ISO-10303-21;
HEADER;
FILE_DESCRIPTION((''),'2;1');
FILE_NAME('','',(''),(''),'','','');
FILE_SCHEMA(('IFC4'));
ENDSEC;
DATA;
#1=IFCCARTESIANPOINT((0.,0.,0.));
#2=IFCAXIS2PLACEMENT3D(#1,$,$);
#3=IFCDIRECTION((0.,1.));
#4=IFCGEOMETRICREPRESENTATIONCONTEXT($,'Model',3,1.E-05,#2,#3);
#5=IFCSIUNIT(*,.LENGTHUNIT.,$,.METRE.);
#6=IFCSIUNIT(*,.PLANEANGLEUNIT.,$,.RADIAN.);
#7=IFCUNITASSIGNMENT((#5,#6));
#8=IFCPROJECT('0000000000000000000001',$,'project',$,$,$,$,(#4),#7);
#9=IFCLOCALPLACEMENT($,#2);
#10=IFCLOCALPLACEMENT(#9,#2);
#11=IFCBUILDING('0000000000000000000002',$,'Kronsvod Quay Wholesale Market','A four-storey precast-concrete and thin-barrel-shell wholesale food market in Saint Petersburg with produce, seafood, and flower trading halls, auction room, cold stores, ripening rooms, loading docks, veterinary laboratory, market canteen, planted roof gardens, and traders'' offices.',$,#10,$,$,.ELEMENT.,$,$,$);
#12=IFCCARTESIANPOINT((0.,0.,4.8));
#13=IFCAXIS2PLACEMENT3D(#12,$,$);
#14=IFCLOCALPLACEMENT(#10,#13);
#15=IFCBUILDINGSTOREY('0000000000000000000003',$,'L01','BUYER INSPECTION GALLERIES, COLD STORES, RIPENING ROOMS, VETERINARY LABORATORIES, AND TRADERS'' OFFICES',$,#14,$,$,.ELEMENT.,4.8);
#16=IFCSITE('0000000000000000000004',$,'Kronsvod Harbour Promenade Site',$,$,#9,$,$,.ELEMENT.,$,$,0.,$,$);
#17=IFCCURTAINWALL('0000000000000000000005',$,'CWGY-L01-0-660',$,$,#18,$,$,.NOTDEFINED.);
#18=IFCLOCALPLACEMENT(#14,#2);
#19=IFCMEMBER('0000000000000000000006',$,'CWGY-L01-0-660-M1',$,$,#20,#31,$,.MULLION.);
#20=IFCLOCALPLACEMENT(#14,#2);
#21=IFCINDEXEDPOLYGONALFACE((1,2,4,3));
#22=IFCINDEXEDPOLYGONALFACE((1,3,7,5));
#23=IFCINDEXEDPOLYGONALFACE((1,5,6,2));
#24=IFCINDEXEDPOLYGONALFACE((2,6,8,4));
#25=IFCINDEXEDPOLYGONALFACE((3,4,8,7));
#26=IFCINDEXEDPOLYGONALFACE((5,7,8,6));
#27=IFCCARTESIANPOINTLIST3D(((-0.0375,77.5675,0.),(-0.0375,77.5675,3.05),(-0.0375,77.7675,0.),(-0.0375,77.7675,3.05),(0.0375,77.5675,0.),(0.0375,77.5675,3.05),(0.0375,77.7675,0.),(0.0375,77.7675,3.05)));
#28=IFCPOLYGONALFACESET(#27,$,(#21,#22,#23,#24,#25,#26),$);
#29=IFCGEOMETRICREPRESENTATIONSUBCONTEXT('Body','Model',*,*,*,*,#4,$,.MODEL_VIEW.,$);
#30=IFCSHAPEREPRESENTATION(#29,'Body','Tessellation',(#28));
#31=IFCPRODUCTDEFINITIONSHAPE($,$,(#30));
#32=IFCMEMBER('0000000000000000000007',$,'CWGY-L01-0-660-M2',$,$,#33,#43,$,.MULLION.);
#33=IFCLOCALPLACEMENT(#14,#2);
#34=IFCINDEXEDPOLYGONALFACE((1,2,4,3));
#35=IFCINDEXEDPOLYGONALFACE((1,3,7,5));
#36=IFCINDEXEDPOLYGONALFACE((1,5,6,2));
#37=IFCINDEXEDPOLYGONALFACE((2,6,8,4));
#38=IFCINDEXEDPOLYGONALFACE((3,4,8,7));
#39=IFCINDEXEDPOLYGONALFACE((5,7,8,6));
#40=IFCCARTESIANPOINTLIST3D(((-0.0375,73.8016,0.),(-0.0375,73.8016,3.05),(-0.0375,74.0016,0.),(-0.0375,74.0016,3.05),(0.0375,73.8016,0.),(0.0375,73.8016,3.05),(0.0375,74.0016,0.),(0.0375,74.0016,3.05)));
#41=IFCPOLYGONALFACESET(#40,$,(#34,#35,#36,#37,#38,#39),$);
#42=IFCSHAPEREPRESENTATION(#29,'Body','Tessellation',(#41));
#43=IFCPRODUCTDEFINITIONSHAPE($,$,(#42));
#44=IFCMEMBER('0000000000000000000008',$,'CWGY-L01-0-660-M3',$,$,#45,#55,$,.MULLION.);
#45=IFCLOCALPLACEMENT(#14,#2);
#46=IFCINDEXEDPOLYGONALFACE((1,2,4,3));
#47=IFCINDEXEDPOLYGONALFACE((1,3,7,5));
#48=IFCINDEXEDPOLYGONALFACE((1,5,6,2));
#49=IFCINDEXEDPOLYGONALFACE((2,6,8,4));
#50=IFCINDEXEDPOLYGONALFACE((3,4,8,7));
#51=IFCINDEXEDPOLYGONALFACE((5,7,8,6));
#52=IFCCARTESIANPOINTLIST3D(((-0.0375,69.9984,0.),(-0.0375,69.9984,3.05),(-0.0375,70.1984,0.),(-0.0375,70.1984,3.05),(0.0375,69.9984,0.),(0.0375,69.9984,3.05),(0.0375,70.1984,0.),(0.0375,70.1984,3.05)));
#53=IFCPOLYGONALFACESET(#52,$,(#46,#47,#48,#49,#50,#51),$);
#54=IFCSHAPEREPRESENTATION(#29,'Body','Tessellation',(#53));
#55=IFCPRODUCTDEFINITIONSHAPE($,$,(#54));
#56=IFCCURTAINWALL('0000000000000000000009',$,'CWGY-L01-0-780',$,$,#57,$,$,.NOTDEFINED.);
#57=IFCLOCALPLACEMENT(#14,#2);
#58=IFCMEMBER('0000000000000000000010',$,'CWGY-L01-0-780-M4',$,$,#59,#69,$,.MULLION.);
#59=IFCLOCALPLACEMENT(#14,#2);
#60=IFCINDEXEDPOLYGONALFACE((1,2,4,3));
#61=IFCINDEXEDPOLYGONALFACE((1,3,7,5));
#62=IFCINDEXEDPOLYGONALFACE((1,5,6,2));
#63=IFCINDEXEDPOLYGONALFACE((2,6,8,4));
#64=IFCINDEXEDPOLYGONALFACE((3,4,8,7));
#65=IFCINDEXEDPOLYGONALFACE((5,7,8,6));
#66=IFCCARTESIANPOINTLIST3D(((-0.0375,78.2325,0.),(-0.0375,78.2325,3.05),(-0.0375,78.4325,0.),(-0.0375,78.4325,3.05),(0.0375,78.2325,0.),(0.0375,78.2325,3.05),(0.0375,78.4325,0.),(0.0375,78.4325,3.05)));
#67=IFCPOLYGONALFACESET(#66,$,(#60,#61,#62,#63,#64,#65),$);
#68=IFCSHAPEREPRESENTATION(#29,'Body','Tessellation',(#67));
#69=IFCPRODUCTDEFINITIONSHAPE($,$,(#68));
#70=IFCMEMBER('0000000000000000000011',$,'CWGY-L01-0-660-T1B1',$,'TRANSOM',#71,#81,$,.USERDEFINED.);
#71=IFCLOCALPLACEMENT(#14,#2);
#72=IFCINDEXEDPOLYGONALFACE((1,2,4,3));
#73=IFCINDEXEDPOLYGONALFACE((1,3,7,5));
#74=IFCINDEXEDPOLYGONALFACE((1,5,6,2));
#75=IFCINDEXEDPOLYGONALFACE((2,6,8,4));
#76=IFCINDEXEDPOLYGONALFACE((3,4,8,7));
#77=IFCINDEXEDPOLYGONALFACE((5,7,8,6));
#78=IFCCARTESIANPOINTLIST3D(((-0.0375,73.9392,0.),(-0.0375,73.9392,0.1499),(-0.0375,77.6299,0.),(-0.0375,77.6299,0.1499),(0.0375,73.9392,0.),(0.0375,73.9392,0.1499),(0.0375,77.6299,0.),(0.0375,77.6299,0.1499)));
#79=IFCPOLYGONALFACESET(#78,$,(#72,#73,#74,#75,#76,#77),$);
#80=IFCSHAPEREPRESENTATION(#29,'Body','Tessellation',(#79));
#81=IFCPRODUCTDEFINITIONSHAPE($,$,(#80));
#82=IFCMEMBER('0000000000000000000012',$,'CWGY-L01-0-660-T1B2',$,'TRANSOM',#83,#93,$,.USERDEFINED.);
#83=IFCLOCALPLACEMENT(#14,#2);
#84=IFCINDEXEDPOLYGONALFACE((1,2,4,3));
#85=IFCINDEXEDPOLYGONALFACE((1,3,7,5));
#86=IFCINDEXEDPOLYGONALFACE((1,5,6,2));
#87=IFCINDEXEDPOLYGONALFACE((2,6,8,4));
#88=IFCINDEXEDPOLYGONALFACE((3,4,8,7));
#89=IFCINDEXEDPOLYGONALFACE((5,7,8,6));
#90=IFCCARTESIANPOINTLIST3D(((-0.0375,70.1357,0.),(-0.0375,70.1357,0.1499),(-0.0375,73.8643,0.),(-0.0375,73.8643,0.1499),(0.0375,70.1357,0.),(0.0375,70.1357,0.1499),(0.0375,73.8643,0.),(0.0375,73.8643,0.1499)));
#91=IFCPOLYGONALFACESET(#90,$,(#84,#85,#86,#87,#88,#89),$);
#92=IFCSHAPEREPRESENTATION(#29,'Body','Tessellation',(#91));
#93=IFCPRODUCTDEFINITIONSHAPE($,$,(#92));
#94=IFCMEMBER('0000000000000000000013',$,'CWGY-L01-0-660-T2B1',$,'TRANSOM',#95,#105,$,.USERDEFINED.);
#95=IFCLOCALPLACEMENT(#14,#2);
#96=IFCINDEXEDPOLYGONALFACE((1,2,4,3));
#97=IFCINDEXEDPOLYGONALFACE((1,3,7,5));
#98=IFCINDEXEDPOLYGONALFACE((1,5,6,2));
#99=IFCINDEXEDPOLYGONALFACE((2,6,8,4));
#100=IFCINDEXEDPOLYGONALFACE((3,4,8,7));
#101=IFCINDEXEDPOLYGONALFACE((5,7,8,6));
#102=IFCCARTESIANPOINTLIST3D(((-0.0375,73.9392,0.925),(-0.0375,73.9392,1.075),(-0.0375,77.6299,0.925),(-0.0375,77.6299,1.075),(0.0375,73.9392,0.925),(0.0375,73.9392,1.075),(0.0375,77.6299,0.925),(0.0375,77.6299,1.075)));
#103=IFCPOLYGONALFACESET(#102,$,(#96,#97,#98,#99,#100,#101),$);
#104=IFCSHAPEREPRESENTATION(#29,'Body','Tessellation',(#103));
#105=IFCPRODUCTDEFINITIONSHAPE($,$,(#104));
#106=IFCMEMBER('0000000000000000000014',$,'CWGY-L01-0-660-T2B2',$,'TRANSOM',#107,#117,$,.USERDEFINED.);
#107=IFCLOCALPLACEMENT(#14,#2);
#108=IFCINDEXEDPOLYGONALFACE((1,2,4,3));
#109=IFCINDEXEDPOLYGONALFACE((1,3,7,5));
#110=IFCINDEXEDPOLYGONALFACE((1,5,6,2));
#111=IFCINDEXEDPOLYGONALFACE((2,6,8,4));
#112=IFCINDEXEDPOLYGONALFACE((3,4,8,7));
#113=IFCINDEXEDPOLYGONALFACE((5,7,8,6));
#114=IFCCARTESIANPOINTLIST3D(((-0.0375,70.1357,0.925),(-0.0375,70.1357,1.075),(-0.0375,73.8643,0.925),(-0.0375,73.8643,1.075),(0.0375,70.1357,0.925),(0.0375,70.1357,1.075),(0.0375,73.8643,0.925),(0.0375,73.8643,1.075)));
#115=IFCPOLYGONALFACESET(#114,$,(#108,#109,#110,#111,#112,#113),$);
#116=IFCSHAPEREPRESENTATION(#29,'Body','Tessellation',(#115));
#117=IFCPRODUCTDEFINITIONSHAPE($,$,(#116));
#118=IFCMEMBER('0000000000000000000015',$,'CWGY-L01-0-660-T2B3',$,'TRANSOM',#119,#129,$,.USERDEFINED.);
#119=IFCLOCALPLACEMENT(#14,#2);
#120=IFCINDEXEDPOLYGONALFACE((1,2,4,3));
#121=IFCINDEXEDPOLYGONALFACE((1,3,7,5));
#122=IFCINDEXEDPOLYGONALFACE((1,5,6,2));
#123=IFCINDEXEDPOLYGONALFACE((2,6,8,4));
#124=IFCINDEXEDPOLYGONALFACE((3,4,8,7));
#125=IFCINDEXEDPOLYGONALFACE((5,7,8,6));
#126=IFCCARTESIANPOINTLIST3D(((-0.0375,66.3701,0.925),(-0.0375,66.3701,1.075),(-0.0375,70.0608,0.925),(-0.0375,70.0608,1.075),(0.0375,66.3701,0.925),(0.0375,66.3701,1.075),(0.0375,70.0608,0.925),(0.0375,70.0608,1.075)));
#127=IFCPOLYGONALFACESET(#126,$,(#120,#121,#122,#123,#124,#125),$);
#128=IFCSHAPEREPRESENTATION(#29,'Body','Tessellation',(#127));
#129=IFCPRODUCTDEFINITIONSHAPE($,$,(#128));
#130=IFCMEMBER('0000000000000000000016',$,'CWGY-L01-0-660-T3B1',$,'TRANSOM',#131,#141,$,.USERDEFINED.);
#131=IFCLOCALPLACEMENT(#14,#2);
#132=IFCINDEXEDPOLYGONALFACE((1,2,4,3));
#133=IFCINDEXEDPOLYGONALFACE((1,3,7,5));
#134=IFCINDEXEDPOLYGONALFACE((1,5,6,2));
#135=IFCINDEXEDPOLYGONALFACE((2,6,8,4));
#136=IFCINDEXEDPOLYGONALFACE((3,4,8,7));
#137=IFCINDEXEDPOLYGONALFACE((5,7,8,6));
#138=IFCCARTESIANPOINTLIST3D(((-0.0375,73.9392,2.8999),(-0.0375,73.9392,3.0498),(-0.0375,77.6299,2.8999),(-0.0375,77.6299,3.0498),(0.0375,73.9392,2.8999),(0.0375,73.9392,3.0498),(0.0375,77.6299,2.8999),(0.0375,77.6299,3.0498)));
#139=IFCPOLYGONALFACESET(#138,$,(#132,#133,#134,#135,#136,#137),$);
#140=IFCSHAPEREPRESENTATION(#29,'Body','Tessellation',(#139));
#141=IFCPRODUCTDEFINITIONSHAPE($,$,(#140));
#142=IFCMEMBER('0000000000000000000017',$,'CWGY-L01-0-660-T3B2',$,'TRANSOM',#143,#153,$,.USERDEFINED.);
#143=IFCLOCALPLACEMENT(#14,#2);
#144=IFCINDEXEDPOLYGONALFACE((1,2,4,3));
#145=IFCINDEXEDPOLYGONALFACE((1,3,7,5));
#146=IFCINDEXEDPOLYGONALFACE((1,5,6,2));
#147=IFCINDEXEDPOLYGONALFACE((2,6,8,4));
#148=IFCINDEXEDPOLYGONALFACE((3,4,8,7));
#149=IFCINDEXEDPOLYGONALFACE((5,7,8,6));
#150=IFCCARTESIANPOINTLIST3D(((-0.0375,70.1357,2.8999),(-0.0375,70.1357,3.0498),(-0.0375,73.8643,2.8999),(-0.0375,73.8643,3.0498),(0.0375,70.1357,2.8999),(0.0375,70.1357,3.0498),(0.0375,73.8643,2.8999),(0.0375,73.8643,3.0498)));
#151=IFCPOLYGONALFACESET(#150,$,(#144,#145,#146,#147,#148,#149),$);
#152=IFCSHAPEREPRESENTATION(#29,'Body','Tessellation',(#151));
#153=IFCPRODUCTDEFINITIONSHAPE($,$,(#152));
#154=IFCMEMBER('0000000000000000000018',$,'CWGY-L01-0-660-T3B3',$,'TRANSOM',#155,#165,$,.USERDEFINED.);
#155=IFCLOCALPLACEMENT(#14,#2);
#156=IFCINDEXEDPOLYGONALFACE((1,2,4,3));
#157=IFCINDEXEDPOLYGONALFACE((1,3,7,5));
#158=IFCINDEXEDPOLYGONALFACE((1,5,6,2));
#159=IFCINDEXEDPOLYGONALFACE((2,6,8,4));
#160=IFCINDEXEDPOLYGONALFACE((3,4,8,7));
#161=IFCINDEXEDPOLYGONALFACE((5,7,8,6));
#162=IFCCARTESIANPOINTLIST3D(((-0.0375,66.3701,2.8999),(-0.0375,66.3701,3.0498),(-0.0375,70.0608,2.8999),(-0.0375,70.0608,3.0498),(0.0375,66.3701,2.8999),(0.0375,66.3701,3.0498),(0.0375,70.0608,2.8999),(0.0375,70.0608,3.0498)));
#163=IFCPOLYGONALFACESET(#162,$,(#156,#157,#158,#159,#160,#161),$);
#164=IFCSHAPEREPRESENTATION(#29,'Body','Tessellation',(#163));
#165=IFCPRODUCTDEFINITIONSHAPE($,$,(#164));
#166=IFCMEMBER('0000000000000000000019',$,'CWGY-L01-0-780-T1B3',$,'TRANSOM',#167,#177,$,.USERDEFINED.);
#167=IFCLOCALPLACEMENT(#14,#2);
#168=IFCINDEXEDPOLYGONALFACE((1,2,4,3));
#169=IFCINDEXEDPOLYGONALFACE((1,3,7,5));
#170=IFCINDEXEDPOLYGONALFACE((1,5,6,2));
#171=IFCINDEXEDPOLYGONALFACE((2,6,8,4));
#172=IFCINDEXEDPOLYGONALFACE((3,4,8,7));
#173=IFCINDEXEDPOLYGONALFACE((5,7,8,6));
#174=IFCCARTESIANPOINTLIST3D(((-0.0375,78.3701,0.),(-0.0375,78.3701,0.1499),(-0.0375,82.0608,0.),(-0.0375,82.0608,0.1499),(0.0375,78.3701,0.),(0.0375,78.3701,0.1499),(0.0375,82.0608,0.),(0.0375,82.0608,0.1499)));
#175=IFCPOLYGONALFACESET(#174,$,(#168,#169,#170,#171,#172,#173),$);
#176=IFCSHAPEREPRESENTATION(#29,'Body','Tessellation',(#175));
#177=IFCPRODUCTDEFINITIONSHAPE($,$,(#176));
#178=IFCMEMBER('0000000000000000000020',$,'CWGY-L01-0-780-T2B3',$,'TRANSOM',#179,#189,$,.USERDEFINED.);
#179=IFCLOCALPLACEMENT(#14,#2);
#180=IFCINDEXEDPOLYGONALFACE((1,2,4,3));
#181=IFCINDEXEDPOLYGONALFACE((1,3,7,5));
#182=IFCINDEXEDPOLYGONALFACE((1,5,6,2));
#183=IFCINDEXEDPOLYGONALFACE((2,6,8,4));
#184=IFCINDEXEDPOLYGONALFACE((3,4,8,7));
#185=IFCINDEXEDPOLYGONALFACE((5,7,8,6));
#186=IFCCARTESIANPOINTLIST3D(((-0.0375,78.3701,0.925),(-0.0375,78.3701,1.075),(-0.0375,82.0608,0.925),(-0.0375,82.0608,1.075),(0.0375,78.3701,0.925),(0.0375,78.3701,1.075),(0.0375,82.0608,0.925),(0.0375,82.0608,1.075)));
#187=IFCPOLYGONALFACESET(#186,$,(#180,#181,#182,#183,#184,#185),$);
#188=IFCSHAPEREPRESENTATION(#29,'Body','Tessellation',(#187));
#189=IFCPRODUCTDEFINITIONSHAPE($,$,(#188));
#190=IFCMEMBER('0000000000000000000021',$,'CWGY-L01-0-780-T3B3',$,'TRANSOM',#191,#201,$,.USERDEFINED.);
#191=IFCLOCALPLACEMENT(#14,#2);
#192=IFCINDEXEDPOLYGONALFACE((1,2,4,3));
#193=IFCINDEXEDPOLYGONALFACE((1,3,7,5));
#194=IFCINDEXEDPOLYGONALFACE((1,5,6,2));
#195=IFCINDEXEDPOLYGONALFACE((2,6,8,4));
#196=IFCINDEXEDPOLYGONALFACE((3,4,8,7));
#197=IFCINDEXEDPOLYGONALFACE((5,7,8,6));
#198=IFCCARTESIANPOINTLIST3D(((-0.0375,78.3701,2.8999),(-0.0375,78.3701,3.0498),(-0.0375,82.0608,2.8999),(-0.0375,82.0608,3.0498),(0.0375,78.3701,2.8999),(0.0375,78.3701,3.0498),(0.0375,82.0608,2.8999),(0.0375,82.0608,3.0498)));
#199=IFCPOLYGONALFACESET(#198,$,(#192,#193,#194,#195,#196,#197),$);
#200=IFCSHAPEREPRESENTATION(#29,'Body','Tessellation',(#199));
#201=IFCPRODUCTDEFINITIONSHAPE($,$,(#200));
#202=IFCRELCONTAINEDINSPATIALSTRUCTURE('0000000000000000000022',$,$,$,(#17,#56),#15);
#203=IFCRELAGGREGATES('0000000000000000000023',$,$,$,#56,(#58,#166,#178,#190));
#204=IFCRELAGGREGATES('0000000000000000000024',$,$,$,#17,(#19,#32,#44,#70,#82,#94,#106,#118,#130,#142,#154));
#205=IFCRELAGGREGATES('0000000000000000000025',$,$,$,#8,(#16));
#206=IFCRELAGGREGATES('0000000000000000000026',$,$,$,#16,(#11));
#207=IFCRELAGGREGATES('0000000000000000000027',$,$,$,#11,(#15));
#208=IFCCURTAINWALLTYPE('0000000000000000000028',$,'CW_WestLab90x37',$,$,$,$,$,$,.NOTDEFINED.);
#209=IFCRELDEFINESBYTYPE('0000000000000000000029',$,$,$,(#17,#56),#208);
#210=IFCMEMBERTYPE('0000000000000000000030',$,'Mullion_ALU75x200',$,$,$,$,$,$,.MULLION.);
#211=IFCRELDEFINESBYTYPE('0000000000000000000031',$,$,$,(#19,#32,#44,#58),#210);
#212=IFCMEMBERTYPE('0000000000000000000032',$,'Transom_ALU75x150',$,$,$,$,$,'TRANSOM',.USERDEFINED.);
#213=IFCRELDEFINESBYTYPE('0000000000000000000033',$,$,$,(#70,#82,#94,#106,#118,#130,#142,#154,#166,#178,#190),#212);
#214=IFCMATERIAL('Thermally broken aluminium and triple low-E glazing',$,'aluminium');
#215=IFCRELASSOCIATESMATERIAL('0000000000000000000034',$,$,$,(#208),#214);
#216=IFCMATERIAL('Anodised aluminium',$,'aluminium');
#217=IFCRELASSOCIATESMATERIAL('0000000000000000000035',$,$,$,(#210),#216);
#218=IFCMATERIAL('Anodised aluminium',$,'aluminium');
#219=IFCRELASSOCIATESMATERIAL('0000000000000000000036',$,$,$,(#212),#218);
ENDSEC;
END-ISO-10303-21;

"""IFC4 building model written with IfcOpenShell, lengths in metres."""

from ifc_helpers import new_model, si_unit, direction, frame, origin, origin_2d, place, context, subcontext, project, spatial, rectangle, extrude, material, material_profile, profile_set, type_object, element, aggregate, save


model = new_model("IFC4")

# Units and contexts
model_context = context("Model", 3, precision=1e-05, world=origin(), true_north=direction((0.0, 1.0)))
body_context = subcontext(model_context, "Body", "Model", "MODEL_VIEW")
ifc_project = project(units=[si_unit("LENGTHUNIT", "METRE"), si_unit("PLANEANGLEUNIT", "RADIAN")], contexts=[model_context])

# Site, building, storey
site_placement = place(None, origin())
site = spatial("IfcSite", under=ifc_project, at=site_placement, Name="Kronsvod Harbour Promenade Site", CompositionType="ELEMENT", RefElevation=0.0)
building_placement = place(site_placement, origin())
building = spatial("IfcBuilding", under=site, at=building_placement, Name="Kronsvod Quay Wholesale Market", Description="A four-storey precast-concrete and thin-barrel-shell wholesale food market in Saint Petersburg with produce, seafood, and flower trading halls, auction room, cold stores, ripening rooms, loading docks, veterinary laboratory, market canteen, planted roof gardens, and traders' offices.", CompositionType="ELEMENT")
storey_placement = place(building_placement, frame((0.0, 0.0, 4.8)))
storey = spatial("IfcBuildingStorey", under=building, at=storey_placement, Name="L01", Description="BUYER INSPECTION GALLERIES, COLD STORES, RIPENING ROOMS, VETERINARY LABORATORIES, AND TRADERS' OFFICES", CompositionType="ELEMENT", Elevation=4.8)

# Curtain wall, members
ifc_material_1 = material(Name="Thermally broken aluminium and triple low-E glazing", Category="aluminium")
curtain_wall_type = type_object("IfcCurtainWallType", Name="CW_WestLab90x37", PredefinedType="NOTDEFINED", material=ifc_material_1)
curtain_wall_1_placement = place(storey_placement, origin())
curtain_wall_1 = element("IfcCurtainWall", 1, at=curtain_wall_1_placement, inside=storey, type_object=curtain_wall_type, Name="CWGY-L01-0-660", PredefinedType="NOTDEFINED")
ifc_material_2 = material(Name="Anodised aluminium", Category="aluminium")
ifc_material_profile_1 = material_profile(ifc_material_2, rectangle(XDim=0.075, YDim=0.2, at=origin_2d()), Name="ALUM75x200")
ifc_profile_set_1 = profile_set([ifc_material_profile_1], Name="Anodised aluminium")
member_type_1 = type_object("IfcMemberType", Name="Mullion_ALU75x200", PredefinedType="MULLION", material=ifc_profile_set_1)
member_1_placement = place(storey_placement, frame((0.0, 77.6675, 0.0), z_axis=(0.0, 0.0, 1.0), x_axis=(1.0, 0.0, 0.0)))
member_1 = element("IfcMember", 2, at=member_1_placement, type_object=member_type_1, Name="CWGY-L01-0-660-M1", PredefinedType="MULLION", context=body_context, shape_type="SweptSolid", body=[
    extrude(rectangle(XDim=0.075, YDim=0.2, at=origin_2d()), origin(), (0.0, 0.0, 1.0), 3.05),
])
member_2_placement = place(storey_placement, frame((0.0, 73.9016, 0.0), z_axis=(0.0, 0.0, 1.0), x_axis=(1.0, 0.0, 0.0)))
member_2 = element("IfcMember", 3, at=member_2_placement, type_object=member_type_1, Name="CWGY-L01-0-660-M2", PredefinedType="MULLION", context=body_context, shape_type="SweptSolid", body=[
    extrude(rectangle(XDim=0.075, YDim=0.2, at=origin_2d()), origin(), (0.0, 0.0, 1.0), 3.05),
])
member_3_placement = place(storey_placement, frame((0.0, 70.0984, 0.0), z_axis=(0.0, 0.0, 1.0), x_axis=(1.0, 0.0, 0.0)))
member_3 = element("IfcMember", 4, at=member_3_placement, type_object=member_type_1, Name="CWGY-L01-0-660-M3", PredefinedType="MULLION", context=body_context, shape_type="SweptSolid", body=[
    extrude(rectangle(XDim=0.075, YDim=0.2, at=origin_2d()), origin(), (0.0, 0.0, 1.0), 3.05),
])

# Curtain wall, member
curtain_wall_2_placement = place(storey_placement, origin())
curtain_wall_2 = element("IfcCurtainWall", 5, at=curtain_wall_2_placement, inside=storey, type_object=curtain_wall_type, Name="CWGY-L01-0-780", PredefinedType="NOTDEFINED")
member_4_placement = place(storey_placement, frame((0.0, 78.3325, 0.0), z_axis=(0.0, 0.0, 1.0), x_axis=(1.0, 0.0, 0.0)))
member_4 = element("IfcMember", 6, at=member_4_placement, type_object=member_type_1, Name="CWGY-L01-0-780-M4", PredefinedType="MULLION", context=body_context, shape_type="SweptSolid", body=[
    extrude(rectangle(XDim=0.075, YDim=0.2, at=origin_2d()), origin(), (0.0, 0.0, 1.0), 3.05),
])

# Members
ifc_material_3 = material(Name="Anodised aluminium", Category="aluminium")
ifc_material_profile_2 = material_profile(ifc_material_3, rectangle(XDim=0.075, YDim=0.1499, at=origin_2d()), Name="ALUT75x150")
ifc_profile_set_2 = profile_set([ifc_material_profile_2], Name="Anodised aluminium")
member_type_2 = type_object("IfcMemberType", Name="Transom_ALU75x150", ElementType="TRANSOM", PredefinedType="USERDEFINED", material=ifc_profile_set_2)
member_5_placement = place(storey_placement, frame((0.0, 77.6299, 0.075), z_axis=(0.0, -1.0, 0.0), x_axis=(1.0, 0.0, 0.0)))
member_5 = element("IfcMember", 7, at=member_5_placement, type_object=member_type_2, Name="CWGY-L01-0-660-T1B1", ObjectType="TRANSOM", PredefinedType="USERDEFINED", context=body_context, shape_type="SweptSolid", body=[
    extrude(rectangle(XDim=0.075, YDim=0.1499, at=origin_2d()), origin(), (0.0, 0.0, 1.0), 3.6907),
])
member_6_placement = place(storey_placement, frame((0.0, 73.8643, 0.075), z_axis=(0.0, -1.0, 0.0), x_axis=(1.0, 0.0, 0.0)))
member_6 = element("IfcMember", 8, at=member_6_placement, type_object=member_type_2, Name="CWGY-L01-0-660-T1B2", ObjectType="TRANSOM", PredefinedType="USERDEFINED", context=body_context, shape_type="SweptSolid", body=[
    extrude(rectangle(XDim=0.075, YDim=0.1499, at=origin_2d()), origin(), (0.0, 0.0, 1.0), 3.7285),
])
member_7_placement = place(storey_placement, frame((0.0, 77.6299, 1.0), z_axis=(0.0, -1.0, 0.0), x_axis=(1.0, 0.0, 0.0)))
member_7 = element("IfcMember", 9, at=member_7_placement, type_object=member_type_2, Name="CWGY-L01-0-660-T2B1", ObjectType="TRANSOM", PredefinedType="USERDEFINED", context=body_context, shape_type="SweptSolid", body=[
    extrude(rectangle(XDim=0.075, YDim=0.1499, at=origin_2d()), origin(), (0.0, 0.0, 1.0), 3.6907),
])
member_8_placement = place(storey_placement, frame((0.0, 73.8643, 1.0), z_axis=(0.0, -1.0, 0.0), x_axis=(1.0, 0.0, 0.0)))
member_8 = element("IfcMember", 10, at=member_8_placement, type_object=member_type_2, Name="CWGY-L01-0-660-T2B2", ObjectType="TRANSOM", PredefinedType="USERDEFINED", context=body_context, shape_type="SweptSolid", body=[
    extrude(rectangle(XDim=0.075, YDim=0.1499, at=origin_2d()), origin(), (0.0, 0.0, 1.0), 3.7285),
])
member_9_placement = place(storey_placement, frame((0.0, 70.0608, 1.0), z_axis=(0.0, -1.0, 0.0), x_axis=(1.0, 0.0, 0.0)))
member_9 = element("IfcMember", 11, at=member_9_placement, type_object=member_type_2, Name="CWGY-L01-0-660-T2B3", ObjectType="TRANSOM", PredefinedType="USERDEFINED", context=body_context, shape_type="SweptSolid", body=[
    extrude(rectangle(XDim=0.075, YDim=0.1499, at=origin_2d()), origin(), (0.0, 0.0, 1.0), 3.6907),
])
member_10_placement = place(storey_placement, frame((0.0, 77.6299, 2.9749), z_axis=(0.0, -1.0, 0.0), x_axis=(1.0, 0.0, 0.0)))
member_10 = element("IfcMember", 12, at=member_10_placement, type_object=member_type_2, Name="CWGY-L01-0-660-T3B1", ObjectType="TRANSOM", PredefinedType="USERDEFINED", context=body_context, shape_type="SweptSolid", body=[
    extrude(rectangle(XDim=0.075, YDim=0.1499, at=origin_2d()), origin(), (0.0, 0.0, 1.0), 3.6907),
])
member_11_placement = place(storey_placement, frame((0.0, 73.8643, 2.9749), z_axis=(0.0, -1.0, 0.0), x_axis=(1.0, 0.0, 0.0)))
member_11 = element("IfcMember", 13, at=member_11_placement, type_object=member_type_2, Name="CWGY-L01-0-660-T3B2", ObjectType="TRANSOM", PredefinedType="USERDEFINED", context=body_context, shape_type="SweptSolid", body=[
    extrude(rectangle(XDim=0.075, YDim=0.1499, at=origin_2d()), origin(), (0.0, 0.0, 1.0), 3.7285),
])
member_12_placement = place(storey_placement, frame((0.0, 70.0608, 2.9749), z_axis=(0.0, -1.0, 0.0), x_axis=(1.0, 0.0, 0.0)))
member_12 = element("IfcMember", 14, at=member_12_placement, type_object=member_type_2, Name="CWGY-L01-0-660-T3B3", ObjectType="TRANSOM", PredefinedType="USERDEFINED", context=body_context, shape_type="SweptSolid", body=[
    extrude(rectangle(XDim=0.075, YDim=0.1499, at=origin_2d()), origin(), (0.0, 0.0, 1.0), 3.6907),
])
member_13_placement = place(storey_placement, frame((0.0, 82.0608, 0.075), z_axis=(0.0, -1.0, 0.0), x_axis=(1.0, 0.0, 0.0)))
member_13 = element("IfcMember", 15, at=member_13_placement, type_object=member_type_2, Name="CWGY-L01-0-780-T1B3", ObjectType="TRANSOM", PredefinedType="USERDEFINED", context=body_context, shape_type="SweptSolid", body=[
    extrude(rectangle(XDim=0.075, YDim=0.1499, at=origin_2d()), origin(), (0.0, 0.0, 1.0), 3.6907),
])
member_14_placement = place(storey_placement, frame((0.0, 82.0608, 1.0), z_axis=(0.0, -1.0, 0.0), x_axis=(1.0, 0.0, 0.0)))
member_14 = element("IfcMember", 16, at=member_14_placement, type_object=member_type_2, Name="CWGY-L01-0-780-T2B3", ObjectType="TRANSOM", PredefinedType="USERDEFINED", context=body_context, shape_type="SweptSolid", body=[
    extrude(rectangle(XDim=0.075, YDim=0.1499, at=origin_2d()), origin(), (0.0, 0.0, 1.0), 3.6907),
])
member_15_placement = place(storey_placement, frame((0.0, 82.0608, 2.9749), z_axis=(0.0, -1.0, 0.0), x_axis=(1.0, 0.0, 0.0)))
member_15 = element("IfcMember", 17, at=member_15_placement, type_object=member_type_2, Name="CWGY-L01-0-780-T3B3", ObjectType="TRANSOM", PredefinedType="USERDEFINED", context=body_context, shape_type="SweptSolid", body=[
    extrude(rectangle(XDim=0.075, YDim=0.1499, at=origin_2d()), origin(), (0.0, 0.0, 1.0), 3.6907),
])

aggregate(curtain_wall_2, [member_4, member_13, member_14, member_15])
aggregate(curtain_wall_1, [member_1, member_2, member_3, member_5, member_6, member_7, member_8, member_9, member_10, member_11, member_12])

save(model, "model.ifc")
